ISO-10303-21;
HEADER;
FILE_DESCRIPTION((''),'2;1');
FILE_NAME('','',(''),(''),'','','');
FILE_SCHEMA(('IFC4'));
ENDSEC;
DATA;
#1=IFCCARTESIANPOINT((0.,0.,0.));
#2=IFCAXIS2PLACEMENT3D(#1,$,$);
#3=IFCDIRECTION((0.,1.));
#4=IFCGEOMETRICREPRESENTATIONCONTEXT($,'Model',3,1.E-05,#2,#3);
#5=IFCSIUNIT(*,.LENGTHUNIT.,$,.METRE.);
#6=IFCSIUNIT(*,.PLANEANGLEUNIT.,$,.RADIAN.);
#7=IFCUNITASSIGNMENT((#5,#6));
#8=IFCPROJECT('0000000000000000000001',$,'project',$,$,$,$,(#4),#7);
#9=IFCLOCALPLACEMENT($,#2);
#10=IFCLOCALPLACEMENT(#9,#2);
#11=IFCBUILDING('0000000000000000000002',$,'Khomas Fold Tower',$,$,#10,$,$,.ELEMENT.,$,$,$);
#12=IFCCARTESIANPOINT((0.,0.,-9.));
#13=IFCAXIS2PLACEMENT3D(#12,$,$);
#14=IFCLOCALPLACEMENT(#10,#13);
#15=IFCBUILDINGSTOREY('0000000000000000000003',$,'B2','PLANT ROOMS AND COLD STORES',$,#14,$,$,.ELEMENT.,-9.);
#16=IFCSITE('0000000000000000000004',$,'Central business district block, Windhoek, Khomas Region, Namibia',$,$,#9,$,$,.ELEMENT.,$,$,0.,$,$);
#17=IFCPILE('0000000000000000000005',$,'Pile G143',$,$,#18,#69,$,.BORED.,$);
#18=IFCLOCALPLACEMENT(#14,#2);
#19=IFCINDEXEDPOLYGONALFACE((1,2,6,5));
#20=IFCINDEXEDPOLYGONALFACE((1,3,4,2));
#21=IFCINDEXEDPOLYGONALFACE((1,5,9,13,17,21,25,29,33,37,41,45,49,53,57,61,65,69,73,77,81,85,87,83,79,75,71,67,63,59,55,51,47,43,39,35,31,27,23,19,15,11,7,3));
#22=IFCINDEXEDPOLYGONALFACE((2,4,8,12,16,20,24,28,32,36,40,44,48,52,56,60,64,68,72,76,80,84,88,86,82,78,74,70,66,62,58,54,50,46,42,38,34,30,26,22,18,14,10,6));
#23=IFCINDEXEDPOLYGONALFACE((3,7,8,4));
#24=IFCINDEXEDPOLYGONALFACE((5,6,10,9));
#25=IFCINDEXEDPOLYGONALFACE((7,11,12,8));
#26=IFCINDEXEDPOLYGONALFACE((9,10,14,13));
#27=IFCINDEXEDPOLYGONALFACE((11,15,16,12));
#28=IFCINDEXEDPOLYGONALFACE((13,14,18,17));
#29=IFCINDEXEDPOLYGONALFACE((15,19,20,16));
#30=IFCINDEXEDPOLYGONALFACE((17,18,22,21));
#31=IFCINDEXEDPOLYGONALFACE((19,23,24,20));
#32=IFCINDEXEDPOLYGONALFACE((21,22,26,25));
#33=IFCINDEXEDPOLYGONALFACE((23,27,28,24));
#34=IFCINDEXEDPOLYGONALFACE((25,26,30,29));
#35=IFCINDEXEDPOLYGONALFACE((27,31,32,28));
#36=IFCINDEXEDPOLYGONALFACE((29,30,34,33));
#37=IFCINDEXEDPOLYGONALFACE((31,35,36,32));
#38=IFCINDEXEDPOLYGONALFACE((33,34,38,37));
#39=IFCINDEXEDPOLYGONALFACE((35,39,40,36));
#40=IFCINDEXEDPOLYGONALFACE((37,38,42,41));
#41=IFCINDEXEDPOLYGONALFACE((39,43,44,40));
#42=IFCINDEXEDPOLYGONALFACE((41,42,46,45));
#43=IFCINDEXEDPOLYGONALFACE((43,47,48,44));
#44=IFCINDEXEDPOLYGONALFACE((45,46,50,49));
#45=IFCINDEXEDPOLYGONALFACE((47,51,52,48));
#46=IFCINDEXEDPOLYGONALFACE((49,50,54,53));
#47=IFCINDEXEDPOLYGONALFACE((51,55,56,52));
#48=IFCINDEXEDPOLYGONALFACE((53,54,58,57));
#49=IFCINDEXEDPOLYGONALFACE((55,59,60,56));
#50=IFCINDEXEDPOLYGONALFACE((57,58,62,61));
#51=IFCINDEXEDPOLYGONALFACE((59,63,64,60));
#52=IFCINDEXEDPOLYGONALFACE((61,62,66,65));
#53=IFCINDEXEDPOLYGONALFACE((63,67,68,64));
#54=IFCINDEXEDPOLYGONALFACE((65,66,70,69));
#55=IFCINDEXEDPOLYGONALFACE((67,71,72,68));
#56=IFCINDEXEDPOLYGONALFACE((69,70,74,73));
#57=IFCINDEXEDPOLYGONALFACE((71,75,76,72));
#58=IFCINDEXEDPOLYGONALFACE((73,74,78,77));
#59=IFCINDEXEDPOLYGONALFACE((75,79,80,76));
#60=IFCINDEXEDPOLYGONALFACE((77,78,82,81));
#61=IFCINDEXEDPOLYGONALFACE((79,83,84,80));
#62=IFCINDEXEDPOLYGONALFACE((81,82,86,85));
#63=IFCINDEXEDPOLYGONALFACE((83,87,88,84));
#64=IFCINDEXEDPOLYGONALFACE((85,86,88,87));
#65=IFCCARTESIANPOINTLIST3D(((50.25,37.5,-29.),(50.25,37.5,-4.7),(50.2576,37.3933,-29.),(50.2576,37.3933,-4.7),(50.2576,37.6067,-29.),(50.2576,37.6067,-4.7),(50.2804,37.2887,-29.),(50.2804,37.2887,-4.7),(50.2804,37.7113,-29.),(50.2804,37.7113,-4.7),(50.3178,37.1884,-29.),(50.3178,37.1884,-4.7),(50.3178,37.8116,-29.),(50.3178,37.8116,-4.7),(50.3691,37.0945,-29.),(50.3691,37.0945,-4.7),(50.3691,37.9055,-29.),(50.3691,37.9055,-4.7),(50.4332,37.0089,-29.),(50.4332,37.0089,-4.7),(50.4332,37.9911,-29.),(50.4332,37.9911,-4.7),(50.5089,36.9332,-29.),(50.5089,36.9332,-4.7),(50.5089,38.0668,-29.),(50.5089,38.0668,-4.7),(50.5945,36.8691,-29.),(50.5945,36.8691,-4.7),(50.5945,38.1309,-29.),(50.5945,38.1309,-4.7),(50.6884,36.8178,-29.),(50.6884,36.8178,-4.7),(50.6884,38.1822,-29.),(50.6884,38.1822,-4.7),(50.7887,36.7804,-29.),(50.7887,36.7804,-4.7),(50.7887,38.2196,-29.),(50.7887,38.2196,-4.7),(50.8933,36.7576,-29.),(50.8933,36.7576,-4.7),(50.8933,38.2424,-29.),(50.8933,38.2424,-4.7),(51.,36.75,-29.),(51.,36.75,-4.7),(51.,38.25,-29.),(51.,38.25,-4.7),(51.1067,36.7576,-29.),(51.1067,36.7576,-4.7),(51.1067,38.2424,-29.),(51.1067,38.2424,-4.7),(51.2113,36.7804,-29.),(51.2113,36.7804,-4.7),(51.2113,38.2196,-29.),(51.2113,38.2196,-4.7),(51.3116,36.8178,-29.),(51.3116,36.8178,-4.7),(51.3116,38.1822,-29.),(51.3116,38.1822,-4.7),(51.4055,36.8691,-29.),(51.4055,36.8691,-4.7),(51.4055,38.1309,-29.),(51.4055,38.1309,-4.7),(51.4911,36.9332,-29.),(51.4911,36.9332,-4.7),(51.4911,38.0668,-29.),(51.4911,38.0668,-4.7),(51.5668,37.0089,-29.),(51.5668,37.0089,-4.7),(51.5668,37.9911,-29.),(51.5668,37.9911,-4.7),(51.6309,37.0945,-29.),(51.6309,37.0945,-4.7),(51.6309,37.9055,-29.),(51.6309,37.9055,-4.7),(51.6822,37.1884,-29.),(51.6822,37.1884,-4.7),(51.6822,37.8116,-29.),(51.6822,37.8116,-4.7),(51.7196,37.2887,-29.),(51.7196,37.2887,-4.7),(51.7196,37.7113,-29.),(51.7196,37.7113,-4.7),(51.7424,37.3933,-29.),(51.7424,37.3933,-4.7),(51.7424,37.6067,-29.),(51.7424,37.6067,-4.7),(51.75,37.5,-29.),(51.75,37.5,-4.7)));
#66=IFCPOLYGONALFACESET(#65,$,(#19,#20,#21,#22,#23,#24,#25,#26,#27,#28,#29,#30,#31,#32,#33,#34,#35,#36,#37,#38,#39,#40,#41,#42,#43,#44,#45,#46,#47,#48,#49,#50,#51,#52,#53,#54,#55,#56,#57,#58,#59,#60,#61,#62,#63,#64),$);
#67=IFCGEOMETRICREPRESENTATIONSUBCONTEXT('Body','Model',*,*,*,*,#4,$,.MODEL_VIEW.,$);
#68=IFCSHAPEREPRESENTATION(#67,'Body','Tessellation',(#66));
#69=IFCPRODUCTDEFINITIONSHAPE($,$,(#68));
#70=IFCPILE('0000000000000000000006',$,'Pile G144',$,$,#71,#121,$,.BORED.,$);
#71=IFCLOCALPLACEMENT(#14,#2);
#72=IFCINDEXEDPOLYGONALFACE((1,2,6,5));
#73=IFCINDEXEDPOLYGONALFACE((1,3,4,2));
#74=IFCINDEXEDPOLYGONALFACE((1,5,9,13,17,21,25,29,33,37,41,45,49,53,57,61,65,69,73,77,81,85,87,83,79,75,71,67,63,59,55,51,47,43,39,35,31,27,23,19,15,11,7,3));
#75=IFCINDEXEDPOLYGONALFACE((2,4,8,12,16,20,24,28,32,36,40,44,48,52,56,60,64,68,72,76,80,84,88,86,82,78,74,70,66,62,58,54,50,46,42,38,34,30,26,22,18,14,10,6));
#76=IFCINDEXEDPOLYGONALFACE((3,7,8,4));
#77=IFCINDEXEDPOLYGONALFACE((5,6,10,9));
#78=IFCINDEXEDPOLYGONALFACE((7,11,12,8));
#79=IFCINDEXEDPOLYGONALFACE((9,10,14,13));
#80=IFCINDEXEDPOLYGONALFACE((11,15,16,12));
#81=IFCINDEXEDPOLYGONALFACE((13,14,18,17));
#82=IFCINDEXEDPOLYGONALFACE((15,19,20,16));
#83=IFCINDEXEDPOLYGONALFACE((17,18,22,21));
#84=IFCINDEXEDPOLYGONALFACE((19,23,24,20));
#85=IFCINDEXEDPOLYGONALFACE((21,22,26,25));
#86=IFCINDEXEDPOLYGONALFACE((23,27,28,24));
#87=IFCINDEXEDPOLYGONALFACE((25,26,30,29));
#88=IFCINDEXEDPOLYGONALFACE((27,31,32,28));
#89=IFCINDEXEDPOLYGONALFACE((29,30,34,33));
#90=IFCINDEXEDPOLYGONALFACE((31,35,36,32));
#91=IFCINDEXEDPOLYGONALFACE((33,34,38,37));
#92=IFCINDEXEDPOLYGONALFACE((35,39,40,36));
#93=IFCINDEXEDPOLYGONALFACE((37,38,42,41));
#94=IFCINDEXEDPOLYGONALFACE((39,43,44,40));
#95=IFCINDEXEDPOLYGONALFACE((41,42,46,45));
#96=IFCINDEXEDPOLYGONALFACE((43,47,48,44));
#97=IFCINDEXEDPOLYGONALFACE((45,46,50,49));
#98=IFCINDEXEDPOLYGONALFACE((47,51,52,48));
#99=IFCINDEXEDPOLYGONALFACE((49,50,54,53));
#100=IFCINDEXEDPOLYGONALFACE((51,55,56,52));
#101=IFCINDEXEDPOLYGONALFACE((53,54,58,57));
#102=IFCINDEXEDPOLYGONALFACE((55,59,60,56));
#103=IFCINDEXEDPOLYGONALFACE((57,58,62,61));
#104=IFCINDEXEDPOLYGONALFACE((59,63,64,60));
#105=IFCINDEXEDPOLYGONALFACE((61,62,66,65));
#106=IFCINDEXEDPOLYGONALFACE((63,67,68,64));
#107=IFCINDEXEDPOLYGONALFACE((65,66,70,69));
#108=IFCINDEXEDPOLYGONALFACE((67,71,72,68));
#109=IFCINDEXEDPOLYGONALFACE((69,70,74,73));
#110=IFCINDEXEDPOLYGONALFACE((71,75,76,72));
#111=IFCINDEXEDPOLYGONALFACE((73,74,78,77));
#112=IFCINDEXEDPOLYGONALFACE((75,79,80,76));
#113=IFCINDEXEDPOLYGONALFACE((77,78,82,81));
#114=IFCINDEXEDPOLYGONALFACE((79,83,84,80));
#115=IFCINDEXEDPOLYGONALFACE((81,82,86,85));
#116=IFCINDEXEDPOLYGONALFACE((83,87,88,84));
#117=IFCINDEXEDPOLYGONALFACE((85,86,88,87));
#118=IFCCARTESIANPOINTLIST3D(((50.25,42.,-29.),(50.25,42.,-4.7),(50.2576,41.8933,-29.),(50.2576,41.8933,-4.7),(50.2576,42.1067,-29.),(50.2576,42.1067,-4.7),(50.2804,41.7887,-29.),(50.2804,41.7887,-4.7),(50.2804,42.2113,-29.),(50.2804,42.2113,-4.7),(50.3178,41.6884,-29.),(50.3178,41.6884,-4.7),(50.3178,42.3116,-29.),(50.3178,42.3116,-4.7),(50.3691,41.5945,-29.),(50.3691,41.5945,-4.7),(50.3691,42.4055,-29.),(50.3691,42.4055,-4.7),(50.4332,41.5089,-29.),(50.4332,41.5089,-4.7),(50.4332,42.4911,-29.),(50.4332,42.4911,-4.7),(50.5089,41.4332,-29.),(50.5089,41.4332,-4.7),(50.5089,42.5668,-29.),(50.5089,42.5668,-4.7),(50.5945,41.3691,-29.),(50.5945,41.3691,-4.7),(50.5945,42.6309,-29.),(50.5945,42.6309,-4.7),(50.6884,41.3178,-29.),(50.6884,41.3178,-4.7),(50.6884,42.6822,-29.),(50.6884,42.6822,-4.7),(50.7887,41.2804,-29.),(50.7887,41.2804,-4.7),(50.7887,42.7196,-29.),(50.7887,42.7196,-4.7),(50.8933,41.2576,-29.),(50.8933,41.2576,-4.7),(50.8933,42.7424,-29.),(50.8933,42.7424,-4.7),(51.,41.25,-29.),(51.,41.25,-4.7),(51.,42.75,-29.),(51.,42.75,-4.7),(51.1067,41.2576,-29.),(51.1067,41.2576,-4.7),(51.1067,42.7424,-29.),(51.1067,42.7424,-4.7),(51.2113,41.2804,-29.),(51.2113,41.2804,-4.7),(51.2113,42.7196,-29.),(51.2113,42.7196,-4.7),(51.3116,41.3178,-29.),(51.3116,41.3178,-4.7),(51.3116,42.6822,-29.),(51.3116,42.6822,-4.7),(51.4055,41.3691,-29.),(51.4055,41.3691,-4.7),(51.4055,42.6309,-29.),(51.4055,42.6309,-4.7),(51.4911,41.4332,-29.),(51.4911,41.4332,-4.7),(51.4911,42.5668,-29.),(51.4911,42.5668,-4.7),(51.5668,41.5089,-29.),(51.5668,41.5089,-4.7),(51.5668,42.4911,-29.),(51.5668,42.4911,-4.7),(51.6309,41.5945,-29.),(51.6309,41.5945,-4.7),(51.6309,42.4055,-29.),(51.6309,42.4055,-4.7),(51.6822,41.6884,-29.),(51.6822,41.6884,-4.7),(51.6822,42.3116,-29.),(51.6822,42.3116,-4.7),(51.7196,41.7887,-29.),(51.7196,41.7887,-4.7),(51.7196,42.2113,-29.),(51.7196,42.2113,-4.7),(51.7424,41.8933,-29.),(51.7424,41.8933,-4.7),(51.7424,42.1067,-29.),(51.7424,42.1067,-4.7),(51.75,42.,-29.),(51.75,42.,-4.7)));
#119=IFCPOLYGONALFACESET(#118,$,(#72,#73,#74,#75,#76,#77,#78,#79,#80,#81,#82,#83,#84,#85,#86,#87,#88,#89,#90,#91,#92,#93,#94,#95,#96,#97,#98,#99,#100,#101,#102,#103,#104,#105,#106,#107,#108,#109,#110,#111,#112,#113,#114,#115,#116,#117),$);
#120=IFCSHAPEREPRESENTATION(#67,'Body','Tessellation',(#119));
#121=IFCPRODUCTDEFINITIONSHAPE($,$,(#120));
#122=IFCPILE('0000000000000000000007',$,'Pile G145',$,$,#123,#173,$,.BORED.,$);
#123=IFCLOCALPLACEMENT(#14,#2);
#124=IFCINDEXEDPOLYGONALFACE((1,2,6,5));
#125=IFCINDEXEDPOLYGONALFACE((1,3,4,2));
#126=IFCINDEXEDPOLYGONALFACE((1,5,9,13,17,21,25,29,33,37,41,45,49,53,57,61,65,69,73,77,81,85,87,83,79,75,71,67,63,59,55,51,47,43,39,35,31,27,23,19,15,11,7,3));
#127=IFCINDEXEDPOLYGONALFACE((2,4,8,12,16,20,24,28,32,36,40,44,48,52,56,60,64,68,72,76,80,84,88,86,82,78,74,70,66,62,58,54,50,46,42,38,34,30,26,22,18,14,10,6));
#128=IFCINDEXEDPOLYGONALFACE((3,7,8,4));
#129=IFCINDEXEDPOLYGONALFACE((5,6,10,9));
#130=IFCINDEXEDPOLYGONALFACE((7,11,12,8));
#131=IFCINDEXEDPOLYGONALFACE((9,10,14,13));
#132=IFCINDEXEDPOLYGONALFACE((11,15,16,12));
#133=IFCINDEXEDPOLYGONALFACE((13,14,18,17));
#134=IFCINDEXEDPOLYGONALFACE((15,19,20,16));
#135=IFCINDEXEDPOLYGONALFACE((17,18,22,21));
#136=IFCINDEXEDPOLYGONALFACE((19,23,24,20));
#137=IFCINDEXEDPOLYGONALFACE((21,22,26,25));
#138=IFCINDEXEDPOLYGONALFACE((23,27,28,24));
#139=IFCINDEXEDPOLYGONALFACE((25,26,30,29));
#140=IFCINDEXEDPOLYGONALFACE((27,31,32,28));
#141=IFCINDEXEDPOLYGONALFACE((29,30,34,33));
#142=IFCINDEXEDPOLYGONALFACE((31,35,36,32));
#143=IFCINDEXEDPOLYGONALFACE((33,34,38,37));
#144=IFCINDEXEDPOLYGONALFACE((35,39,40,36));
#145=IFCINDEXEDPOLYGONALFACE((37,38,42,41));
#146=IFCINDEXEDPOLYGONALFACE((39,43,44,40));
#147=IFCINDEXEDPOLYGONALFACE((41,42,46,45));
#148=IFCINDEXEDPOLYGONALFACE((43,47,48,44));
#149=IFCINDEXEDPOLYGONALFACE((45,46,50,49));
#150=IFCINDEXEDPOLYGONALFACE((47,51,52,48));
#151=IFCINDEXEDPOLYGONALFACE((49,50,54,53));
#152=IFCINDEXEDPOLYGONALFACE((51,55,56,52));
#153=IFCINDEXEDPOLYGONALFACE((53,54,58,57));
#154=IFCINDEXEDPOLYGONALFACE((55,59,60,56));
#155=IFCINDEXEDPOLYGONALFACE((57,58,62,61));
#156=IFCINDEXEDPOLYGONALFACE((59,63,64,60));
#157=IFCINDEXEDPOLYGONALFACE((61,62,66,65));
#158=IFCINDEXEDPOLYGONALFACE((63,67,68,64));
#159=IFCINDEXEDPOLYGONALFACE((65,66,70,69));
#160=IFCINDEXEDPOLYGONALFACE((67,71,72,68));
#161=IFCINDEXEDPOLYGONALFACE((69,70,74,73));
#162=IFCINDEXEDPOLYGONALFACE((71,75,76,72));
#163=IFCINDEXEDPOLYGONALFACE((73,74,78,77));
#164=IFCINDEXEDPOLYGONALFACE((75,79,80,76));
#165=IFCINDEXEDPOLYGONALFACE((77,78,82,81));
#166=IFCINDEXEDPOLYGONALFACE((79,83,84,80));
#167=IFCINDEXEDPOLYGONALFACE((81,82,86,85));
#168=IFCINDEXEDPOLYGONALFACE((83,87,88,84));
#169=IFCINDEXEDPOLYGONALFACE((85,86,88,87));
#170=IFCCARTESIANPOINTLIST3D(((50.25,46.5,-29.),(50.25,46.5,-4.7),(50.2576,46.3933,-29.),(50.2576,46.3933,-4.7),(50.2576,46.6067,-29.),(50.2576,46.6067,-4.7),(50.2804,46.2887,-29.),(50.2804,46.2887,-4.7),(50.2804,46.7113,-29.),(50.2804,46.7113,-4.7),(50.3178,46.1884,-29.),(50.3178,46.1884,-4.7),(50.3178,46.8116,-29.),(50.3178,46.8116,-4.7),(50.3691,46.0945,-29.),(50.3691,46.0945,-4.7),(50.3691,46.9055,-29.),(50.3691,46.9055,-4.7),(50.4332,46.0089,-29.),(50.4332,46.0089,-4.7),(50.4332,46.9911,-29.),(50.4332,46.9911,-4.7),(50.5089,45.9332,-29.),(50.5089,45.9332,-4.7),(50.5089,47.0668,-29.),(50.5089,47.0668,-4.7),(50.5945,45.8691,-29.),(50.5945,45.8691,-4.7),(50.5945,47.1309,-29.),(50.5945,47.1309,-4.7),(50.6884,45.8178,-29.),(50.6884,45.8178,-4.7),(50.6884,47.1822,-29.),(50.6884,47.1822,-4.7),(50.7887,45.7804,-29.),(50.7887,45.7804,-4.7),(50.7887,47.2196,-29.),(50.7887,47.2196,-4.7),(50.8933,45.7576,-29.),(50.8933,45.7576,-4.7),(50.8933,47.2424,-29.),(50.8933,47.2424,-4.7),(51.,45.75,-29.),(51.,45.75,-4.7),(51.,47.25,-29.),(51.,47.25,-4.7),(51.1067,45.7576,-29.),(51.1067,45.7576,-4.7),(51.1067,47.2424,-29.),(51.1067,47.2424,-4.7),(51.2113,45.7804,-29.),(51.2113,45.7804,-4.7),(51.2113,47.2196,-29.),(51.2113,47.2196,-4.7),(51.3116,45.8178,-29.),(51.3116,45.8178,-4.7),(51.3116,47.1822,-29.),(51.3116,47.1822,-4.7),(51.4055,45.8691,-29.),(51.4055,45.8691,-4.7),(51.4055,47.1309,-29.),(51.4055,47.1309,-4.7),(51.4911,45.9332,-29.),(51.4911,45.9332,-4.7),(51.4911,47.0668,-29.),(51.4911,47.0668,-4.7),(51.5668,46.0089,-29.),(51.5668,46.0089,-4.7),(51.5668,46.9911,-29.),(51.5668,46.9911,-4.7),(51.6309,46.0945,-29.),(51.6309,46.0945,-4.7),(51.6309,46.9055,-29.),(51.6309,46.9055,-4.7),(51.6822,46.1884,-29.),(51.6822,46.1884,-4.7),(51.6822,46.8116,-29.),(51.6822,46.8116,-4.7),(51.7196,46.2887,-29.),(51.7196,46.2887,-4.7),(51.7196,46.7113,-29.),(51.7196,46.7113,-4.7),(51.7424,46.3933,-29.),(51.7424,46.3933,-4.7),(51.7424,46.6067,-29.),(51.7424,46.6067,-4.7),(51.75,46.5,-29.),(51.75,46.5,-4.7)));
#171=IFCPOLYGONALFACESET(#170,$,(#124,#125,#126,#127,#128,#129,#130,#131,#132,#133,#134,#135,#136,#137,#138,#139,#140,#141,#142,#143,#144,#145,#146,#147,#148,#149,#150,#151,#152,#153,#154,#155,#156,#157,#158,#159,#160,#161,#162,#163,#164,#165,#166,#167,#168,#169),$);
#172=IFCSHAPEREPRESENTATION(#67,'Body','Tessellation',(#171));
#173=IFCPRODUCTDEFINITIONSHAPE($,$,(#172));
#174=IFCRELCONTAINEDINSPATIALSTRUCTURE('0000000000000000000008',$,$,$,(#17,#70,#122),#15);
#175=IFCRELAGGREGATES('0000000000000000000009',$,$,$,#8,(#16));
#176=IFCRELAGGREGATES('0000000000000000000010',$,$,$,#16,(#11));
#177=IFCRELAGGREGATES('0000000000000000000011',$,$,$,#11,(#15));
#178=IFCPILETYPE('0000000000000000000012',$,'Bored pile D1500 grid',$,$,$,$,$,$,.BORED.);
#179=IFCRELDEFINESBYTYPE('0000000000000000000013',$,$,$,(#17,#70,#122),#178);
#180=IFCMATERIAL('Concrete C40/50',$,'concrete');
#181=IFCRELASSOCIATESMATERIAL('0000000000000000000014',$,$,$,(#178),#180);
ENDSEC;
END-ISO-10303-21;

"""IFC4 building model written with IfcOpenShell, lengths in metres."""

from ifc_helpers import new_model, si_unit, direction, frame, origin, origin_2d, place, context, subcontext, project, spatial, circle, extrude, source, transform, mapped, material, material_profile, profile_set, type_object, element, save


model = new_model("IFC4")

# Units and contexts
model_context = context("Model", 3, precision=1e-05, world=origin(), true_north=direction((0.0, 1.0)))
body_context = subcontext(model_context, "Body", "Model", "MODEL_VIEW")
ifc_project = project(units=[si_unit("LENGTHUNIT", "METRE"), si_unit("PLANEANGLEUNIT", "RADIAN")], contexts=[model_context])

# Site, building, storey
site_placement = place(None, origin())
site = spatial("IfcSite", under=ifc_project, at=site_placement, Name="Central business district block, Windhoek, Khomas Region, Namibia", CompositionType="ELEMENT", RefElevation=0.0)
building_placement = place(site_placement, origin())
building = spatial("IfcBuilding", under=site, at=building_placement, Name="Khomas Fold Tower", CompositionType="ELEMENT")
storey_placement = place(building_placement, frame((0.0, 0.0, -9.0)))
storey = spatial("IfcBuildingStorey", under=building, at=storey_placement, Name="B2", Description="PLANT ROOMS AND COLD STORES", CompositionType="ELEMENT", Elevation=-9.0)

# Piles
ifc_material_1 = material(Name="Concrete C40/50", Category="concrete")
ifc_material_profile_1 = material_profile(ifc_material_1, circle(Radius=0.75, at=origin_2d()), Name="PILE D1500")
ifc_profile_set_1 = profile_set([ifc_material_profile_1], Name="Concrete C40/50")
pile_type = type_object("IfcPileType", Name="Bored pile D1500 grid", PredefinedType="BORED", material=ifc_profile_set_1)
shared_shape_1 = source(origin(), body_context, "Body", "SweptSolid", [
    extrude(circle(Radius=0.75, at=origin_2d()), origin(), (0.0, 0.0, 1.0), 24.3),
])
for number, where, z_axis, x_axis, name in (
    (1, (51.0, 37.5, -4.7), (0.0, 0.0, -1.0), (1.0, 0.0, 0.0), "Pile G143"),
    (2, (51.0, 42.0, -4.7), (0.0, 0.0, -1.0), (1.0, 0.0, 0.0), "Pile G144"),
    (3, (51.0, 46.5, -4.7), (0.0, 0.0, -1.0), (1.0, 0.0, 0.0), "Pile G145"),
):
    element("IfcPile", number, at=place(storey_placement, frame(where, z_axis=z_axis, x_axis=x_axis)), inside=storey, type_object=pile_type, Name=name, PredefinedType="BORED", context=body_context, shape_type="MappedRepresentation", body=[
        mapped(shared_shape_1, transform((0.0, 0.0, 0.0))),
    ])

save(model, "model.ifc")
